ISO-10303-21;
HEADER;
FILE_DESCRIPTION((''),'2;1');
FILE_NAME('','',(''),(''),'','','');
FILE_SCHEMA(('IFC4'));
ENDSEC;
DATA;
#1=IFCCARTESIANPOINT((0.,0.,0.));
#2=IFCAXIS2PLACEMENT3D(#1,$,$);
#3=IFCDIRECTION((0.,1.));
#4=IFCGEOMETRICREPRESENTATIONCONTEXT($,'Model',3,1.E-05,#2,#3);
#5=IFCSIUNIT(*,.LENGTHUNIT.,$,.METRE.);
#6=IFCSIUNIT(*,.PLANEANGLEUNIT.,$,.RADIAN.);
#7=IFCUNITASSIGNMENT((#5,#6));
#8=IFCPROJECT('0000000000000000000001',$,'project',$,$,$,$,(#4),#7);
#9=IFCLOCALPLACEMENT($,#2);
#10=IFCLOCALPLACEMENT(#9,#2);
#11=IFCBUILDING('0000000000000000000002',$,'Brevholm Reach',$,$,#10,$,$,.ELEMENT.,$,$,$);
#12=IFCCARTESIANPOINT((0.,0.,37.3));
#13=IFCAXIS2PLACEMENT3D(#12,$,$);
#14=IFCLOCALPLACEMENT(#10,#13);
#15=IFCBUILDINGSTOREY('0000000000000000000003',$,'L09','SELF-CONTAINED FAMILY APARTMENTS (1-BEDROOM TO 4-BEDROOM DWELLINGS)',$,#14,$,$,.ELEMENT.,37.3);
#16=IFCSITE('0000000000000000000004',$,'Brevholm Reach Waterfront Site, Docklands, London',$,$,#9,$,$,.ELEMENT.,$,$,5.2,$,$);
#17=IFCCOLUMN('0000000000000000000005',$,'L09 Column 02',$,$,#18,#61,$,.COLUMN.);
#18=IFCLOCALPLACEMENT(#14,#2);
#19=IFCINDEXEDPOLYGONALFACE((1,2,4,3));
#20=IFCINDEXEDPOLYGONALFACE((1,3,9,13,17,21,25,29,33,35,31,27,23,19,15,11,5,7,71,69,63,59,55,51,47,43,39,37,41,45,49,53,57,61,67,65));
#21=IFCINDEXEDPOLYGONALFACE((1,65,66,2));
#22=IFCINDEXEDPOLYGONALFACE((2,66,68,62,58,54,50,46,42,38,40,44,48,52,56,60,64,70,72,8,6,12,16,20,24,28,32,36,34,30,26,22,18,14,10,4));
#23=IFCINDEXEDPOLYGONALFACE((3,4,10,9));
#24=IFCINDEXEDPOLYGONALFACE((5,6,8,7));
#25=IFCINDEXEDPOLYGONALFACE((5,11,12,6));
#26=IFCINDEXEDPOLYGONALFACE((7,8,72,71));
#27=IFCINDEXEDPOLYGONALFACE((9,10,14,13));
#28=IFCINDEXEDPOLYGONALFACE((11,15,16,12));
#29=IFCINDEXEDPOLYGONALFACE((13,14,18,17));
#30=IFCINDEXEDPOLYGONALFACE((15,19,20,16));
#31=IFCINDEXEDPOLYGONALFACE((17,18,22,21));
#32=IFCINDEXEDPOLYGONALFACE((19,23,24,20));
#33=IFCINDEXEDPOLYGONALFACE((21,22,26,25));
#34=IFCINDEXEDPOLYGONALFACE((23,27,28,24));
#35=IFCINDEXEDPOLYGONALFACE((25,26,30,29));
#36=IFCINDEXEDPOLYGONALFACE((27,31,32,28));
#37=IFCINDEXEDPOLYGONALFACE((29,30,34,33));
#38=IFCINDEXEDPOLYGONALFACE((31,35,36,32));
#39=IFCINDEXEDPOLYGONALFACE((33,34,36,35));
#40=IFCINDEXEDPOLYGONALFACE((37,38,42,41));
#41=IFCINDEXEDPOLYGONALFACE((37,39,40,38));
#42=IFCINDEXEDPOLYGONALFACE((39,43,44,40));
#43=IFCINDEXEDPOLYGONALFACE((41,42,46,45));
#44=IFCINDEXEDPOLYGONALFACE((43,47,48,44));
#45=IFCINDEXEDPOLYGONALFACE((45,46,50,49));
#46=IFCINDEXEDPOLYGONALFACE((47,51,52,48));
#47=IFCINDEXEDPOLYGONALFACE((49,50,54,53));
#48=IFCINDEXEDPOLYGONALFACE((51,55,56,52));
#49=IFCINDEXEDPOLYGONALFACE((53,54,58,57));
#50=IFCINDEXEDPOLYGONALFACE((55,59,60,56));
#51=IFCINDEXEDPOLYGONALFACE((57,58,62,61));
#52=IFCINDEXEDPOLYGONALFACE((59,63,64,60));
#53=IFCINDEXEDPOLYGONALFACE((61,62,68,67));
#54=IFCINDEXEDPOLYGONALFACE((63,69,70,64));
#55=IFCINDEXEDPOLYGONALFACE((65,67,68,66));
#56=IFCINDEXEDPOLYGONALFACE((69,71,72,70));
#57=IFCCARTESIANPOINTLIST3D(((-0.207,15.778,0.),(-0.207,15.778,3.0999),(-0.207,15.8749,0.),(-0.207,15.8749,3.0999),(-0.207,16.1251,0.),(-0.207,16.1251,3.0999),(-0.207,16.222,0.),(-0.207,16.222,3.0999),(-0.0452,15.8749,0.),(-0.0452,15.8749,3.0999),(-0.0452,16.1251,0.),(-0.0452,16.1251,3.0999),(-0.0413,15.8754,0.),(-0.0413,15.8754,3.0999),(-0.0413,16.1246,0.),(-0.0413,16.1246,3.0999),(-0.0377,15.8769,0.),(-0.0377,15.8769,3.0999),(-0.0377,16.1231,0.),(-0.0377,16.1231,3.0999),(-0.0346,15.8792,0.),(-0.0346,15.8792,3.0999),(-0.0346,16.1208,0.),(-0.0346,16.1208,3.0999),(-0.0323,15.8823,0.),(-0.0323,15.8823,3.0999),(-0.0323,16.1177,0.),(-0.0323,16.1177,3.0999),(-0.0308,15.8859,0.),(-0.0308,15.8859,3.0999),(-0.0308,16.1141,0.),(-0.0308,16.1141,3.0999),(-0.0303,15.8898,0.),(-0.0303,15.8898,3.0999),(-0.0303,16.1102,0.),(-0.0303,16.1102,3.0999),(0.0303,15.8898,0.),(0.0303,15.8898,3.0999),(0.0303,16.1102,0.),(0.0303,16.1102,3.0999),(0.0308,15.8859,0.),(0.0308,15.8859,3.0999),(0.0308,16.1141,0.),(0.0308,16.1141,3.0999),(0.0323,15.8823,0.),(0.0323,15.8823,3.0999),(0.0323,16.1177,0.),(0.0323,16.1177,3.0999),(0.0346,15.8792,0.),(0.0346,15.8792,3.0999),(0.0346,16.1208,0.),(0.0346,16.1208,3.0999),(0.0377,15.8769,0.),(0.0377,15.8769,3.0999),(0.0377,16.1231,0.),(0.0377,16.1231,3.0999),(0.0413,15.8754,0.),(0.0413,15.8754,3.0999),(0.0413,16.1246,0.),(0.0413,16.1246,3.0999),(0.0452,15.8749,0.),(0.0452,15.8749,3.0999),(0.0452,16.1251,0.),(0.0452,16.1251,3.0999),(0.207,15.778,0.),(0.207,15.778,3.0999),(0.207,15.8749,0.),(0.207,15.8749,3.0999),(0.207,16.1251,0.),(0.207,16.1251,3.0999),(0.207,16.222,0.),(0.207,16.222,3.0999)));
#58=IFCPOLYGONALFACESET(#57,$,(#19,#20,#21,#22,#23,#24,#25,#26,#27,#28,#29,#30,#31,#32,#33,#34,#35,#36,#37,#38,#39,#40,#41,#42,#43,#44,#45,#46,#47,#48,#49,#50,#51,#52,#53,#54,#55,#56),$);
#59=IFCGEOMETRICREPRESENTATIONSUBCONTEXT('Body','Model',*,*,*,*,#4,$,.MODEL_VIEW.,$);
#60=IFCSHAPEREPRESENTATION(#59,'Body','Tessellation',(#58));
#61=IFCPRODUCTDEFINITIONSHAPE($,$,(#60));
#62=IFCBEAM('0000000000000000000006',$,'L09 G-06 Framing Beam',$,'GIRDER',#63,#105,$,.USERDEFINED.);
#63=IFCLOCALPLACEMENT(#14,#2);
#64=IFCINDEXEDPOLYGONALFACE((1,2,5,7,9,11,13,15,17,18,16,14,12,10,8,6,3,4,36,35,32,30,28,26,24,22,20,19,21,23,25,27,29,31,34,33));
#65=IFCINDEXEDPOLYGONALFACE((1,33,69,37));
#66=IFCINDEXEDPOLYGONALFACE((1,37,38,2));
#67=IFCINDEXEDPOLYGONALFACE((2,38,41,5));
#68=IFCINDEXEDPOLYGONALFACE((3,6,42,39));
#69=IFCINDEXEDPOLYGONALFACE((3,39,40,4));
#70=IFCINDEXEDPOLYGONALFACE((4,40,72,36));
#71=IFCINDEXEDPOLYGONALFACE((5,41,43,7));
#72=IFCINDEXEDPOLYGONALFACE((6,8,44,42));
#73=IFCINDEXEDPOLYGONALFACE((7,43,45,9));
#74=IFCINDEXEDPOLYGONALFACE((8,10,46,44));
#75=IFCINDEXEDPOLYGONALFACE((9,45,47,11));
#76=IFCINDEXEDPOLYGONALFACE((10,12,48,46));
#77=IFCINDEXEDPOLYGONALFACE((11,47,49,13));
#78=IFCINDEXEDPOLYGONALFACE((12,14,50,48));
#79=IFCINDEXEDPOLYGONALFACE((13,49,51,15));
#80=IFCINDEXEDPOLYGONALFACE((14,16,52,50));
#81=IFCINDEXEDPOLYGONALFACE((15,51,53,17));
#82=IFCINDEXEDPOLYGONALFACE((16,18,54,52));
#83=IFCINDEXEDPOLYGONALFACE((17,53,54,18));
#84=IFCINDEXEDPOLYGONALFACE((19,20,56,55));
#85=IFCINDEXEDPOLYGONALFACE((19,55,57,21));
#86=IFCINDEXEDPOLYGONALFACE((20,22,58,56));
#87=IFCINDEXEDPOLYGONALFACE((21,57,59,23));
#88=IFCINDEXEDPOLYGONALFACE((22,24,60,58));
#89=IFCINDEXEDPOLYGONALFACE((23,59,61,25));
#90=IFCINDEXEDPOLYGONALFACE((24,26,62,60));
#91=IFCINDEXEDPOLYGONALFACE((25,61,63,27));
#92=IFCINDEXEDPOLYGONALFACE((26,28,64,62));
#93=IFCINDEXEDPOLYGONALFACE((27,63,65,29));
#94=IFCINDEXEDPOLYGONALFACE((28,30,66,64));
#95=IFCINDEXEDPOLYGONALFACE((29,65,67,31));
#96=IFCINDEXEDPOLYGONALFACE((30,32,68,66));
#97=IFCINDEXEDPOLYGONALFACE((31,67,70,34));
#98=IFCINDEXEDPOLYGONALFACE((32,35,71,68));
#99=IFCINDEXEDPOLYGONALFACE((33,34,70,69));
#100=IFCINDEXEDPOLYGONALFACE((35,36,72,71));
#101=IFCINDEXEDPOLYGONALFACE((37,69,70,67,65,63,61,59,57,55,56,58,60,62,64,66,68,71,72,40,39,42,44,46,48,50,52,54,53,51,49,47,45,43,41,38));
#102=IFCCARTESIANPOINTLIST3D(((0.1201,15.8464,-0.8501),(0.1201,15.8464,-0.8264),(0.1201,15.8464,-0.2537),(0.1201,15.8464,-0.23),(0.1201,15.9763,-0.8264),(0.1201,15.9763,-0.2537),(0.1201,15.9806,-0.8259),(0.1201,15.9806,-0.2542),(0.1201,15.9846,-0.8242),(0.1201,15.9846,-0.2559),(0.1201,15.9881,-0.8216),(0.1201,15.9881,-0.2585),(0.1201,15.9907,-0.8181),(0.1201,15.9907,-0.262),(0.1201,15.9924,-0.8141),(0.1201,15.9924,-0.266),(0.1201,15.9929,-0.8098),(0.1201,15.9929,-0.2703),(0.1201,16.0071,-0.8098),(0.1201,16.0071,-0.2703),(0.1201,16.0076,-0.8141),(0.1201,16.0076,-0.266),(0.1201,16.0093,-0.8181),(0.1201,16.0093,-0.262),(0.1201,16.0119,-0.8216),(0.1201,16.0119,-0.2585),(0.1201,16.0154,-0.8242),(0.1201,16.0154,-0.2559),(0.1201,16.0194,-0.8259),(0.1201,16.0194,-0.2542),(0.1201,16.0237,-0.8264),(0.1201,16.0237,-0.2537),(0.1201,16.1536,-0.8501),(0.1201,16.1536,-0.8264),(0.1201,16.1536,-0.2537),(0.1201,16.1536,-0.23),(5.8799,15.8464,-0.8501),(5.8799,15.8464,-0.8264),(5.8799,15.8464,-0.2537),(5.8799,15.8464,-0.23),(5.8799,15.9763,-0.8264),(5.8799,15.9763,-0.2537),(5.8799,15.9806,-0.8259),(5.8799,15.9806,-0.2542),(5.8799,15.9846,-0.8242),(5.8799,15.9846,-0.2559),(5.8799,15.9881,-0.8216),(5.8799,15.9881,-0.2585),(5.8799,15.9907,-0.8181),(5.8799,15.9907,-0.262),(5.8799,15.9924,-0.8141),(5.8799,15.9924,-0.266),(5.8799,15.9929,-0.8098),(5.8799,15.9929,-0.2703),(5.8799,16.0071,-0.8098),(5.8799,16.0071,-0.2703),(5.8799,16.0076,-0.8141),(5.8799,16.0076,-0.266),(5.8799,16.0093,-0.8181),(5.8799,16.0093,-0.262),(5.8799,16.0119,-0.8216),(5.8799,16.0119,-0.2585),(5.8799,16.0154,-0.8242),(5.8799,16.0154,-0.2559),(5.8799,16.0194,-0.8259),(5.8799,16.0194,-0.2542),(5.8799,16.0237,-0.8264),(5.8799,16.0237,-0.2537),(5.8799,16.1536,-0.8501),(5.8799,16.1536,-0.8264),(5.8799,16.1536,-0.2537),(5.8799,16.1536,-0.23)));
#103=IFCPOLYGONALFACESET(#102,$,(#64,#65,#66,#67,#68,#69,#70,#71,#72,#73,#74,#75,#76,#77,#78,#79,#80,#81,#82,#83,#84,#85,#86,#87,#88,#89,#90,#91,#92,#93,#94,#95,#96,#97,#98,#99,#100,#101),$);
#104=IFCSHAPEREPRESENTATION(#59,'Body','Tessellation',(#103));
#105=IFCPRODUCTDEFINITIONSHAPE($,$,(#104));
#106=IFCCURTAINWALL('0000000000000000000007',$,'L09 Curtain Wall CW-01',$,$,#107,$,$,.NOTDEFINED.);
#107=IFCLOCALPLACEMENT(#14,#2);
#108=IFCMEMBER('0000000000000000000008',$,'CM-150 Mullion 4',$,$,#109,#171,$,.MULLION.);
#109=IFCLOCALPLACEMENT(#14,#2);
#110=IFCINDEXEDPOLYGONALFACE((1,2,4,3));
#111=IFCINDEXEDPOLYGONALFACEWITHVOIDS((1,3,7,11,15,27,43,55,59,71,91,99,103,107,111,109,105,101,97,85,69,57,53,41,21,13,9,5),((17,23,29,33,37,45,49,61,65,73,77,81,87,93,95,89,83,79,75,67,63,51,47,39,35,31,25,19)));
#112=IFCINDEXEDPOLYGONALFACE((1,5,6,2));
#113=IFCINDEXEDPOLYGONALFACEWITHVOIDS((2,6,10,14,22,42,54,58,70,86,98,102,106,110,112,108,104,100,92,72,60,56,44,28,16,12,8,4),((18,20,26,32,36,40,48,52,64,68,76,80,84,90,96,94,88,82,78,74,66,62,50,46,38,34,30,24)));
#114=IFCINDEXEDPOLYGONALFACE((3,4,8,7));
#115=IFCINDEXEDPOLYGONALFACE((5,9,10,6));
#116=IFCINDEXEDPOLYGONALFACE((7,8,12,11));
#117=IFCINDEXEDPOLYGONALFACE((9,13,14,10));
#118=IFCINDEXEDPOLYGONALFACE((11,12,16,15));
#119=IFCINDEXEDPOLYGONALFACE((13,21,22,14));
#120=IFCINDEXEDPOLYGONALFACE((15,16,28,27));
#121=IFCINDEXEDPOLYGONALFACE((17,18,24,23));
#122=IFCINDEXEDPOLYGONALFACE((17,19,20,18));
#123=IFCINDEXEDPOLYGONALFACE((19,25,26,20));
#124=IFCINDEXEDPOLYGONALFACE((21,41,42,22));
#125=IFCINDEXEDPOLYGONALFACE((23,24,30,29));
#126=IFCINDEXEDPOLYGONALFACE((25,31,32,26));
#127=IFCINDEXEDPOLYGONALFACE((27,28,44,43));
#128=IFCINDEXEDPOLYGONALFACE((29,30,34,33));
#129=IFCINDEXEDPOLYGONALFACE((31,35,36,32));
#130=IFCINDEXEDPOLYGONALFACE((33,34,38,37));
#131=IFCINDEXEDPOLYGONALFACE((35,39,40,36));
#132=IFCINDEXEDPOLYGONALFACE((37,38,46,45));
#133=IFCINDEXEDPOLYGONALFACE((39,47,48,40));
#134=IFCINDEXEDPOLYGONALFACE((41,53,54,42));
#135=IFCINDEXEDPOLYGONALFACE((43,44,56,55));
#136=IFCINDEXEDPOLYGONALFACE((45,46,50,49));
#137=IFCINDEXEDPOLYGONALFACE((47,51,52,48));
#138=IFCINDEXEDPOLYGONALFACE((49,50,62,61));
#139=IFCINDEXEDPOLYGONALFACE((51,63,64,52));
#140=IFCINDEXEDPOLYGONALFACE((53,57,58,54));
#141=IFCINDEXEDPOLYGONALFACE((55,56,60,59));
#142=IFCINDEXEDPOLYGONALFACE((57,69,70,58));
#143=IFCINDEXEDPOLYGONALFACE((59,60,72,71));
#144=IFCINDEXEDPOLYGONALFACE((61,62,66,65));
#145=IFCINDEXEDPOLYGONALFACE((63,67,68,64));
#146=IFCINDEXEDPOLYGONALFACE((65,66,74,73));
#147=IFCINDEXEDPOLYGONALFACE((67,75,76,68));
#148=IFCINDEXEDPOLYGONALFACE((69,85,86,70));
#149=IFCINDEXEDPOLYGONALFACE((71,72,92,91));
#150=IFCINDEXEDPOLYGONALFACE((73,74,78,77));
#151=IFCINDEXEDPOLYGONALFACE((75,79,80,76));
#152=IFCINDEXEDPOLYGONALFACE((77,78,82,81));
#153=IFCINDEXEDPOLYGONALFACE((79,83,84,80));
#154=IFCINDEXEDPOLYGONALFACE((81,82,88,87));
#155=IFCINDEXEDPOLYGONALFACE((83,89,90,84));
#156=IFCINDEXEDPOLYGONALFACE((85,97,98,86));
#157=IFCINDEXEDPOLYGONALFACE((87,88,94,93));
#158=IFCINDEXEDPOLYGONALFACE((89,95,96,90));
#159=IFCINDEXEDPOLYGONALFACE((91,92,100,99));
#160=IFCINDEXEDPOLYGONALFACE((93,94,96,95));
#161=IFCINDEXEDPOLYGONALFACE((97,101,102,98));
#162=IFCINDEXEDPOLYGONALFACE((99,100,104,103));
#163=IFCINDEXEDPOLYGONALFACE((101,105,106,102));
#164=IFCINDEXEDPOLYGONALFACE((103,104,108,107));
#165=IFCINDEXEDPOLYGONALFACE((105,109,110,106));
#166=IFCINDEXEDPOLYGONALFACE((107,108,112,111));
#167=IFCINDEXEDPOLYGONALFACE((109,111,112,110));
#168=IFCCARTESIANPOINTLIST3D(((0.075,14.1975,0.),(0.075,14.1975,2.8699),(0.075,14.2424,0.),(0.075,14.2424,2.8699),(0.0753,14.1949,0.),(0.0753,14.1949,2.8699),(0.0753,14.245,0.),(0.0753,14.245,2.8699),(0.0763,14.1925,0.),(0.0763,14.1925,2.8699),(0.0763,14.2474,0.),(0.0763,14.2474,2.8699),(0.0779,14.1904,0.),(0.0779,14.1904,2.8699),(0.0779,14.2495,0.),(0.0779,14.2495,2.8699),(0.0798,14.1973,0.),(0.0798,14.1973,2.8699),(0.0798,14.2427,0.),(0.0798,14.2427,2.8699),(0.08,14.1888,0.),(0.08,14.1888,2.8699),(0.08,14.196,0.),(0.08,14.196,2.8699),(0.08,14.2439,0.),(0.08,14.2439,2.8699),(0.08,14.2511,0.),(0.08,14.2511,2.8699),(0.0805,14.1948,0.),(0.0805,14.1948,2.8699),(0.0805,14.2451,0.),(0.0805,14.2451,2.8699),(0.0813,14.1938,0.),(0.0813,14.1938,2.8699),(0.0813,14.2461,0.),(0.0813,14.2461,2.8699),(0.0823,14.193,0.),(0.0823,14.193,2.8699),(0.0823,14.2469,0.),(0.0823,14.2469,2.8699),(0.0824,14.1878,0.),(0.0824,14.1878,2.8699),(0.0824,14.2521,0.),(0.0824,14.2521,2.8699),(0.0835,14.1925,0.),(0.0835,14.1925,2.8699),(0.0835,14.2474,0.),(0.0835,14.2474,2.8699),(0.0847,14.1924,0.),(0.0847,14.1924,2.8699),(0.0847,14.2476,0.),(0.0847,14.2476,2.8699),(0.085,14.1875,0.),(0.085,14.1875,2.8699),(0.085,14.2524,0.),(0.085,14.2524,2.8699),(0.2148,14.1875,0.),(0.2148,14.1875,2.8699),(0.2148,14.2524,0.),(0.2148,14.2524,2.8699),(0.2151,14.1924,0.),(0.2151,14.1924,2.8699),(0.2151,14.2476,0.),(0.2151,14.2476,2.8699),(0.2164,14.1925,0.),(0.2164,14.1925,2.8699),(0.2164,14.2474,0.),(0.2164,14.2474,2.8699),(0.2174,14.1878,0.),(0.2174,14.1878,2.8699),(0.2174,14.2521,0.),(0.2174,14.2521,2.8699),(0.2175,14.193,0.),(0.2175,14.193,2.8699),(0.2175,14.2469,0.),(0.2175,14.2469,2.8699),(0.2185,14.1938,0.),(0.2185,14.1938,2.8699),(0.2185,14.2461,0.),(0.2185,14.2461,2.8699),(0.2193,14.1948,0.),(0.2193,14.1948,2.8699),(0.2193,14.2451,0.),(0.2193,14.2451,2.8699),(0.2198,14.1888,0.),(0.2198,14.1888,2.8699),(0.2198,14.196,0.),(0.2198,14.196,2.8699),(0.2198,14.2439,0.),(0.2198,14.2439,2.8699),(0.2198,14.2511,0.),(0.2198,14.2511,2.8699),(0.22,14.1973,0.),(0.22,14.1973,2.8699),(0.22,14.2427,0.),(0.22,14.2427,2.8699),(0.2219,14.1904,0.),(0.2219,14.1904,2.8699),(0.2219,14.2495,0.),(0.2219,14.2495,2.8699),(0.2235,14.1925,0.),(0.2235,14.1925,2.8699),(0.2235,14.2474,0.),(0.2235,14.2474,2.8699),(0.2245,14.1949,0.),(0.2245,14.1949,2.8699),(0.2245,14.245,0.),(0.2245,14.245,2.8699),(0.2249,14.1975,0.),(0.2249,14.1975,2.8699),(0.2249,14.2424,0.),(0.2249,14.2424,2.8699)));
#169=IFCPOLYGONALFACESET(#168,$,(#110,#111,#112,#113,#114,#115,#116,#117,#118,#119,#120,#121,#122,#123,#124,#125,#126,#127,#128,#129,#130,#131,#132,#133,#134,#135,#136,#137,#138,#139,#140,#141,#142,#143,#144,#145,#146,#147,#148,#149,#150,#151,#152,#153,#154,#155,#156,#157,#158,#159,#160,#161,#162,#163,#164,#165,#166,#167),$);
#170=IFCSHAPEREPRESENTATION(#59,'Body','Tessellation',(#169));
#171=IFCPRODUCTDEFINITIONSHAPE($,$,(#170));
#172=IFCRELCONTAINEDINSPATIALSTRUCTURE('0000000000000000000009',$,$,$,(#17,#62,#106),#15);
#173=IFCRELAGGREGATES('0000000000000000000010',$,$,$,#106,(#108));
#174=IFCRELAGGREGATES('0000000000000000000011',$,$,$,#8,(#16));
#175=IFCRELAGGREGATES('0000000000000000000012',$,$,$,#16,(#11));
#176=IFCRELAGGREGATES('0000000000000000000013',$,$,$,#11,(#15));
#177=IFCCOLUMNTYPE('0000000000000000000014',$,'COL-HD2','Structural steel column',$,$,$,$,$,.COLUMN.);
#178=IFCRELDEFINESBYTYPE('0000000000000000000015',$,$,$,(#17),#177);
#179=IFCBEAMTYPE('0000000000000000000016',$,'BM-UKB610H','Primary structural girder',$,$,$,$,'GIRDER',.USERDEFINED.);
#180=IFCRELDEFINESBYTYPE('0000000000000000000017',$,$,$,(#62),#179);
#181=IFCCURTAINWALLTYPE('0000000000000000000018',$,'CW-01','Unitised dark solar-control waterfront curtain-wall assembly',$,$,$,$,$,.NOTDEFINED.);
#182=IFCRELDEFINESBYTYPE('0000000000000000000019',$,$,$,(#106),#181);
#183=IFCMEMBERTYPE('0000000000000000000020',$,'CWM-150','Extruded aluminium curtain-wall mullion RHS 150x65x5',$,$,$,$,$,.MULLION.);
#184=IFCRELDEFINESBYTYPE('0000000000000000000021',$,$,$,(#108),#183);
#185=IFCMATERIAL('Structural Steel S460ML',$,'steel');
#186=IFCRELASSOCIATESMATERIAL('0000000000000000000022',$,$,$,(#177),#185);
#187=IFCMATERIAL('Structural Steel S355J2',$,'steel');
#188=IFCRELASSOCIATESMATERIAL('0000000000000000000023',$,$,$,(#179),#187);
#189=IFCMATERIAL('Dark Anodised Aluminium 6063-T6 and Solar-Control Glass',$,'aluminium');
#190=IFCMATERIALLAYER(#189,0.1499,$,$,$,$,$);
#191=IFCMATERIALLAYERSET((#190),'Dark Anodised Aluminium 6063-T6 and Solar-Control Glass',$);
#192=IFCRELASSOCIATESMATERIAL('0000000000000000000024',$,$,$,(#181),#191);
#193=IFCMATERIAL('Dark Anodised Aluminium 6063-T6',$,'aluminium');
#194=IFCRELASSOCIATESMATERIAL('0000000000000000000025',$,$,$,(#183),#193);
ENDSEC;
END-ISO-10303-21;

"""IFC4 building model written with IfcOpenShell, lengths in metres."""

from ifc_helpers import new_model, si_unit, direction, frame, origin, origin_2d, place, context, subcontext, project, spatial, hollow_rectangle, i_section, extrude, material, layer, layer_set, material_profile, profile_set, type_object, element, aggregate, save


model = new_model("IFC4")

# Units and contexts
model_context = context("Model", 3, precision=1e-05, world=origin(), true_north=direction((0.0, 1.0)))
body_context = subcontext(model_context, "Body", "Model", "MODEL_VIEW")
ifc_project = project(units=[si_unit("LENGTHUNIT", "METRE"), si_unit("PLANEANGLEUNIT", "RADIAN")], contexts=[model_context])

# Site, building, storey
site_placement = place(None, origin())
site = spatial("IfcSite", under=ifc_project, at=site_placement, Name="Brevholm Reach Waterfront Site, Docklands, London", CompositionType="ELEMENT", RefElevation=5.2)
building_placement = place(site_placement, origin())
building = spatial("IfcBuilding", under=site, at=building_placement, Name="Brevholm Reach", CompositionType="ELEMENT")
storey_placement = place(building_placement, frame((0.0, 0.0, 37.3)))
storey = spatial("IfcBuildingStorey", under=building, at=storey_placement, Name="L09", Description="SELF-CONTAINED FAMILY APARTMENTS (1-BEDROOM TO 4-BEDROOM DWELLINGS)", CompositionType="ELEMENT", Elevation=37.3)

# Column
ifc_material_1 = material(Name="Structural Steel S460ML", Category="steel")
ifc_material_profile_1 = material_profile(ifc_material_1, i_section(OverallWidth=0.4141, OverallDepth=0.4441, WebThickness=0.0605, FlangeThickness=0.0969, FilletRadius=0.0149, at=origin_2d()), Name="HD 400x818")
ifc_profile_set_1 = profile_set([ifc_material_profile_1], Name="Structural Steel S460ML")
column_type = type_object("IfcColumnType", Name="COL-HD2", Description="Structural steel column", PredefinedType="COLUMN", material=ifc_profile_set_1)
column_placement = place(storey_placement, frame((0.0, 16.0, 0.0), z_axis=(0.0, 0.0, 1.0), x_axis=(1.0, 0.0, 0.0)))
element("IfcColumn", 1, at=column_placement, inside=storey, type_object=column_type, Name="L09 Column 02", PredefinedType="COLUMN", context=body_context, shape_type="SweptSolid", body=[
    extrude(i_section(OverallWidth=0.4141, OverallDepth=0.4441, WebThickness=0.0605, FlangeThickness=0.0969, FilletRadius=0.0149, at=origin_2d()), origin(), (0.0, 0.0, 1.0), 3.0999),
])

# Beam
ifc_material_2 = material(Name="Structural Steel S355J2", Category="steel")
ifc_material_profile_2 = material_profile(ifc_material_2, i_section(OverallWidth=0.3071, OverallDepth=0.6201, WebThickness=0.0142, FlangeThickness=0.0237, FilletRadius=0.0166, at=origin_2d()), Name="UKB 610x305x179")
ifc_profile_set_2 = profile_set([ifc_material_profile_2], Name="Structural Steel S355J2")
beam_type = type_object("IfcBeamType", Name="BM-UKB610H", Description="Primary structural girder", ElementType="GIRDER", PredefinedType="USERDEFINED", material=ifc_profile_set_2)
beam_placement = place(storey_placement, frame((0.1201, 16.0, -0.54), z_axis=(1.0, 0.0, 0.0), x_axis=(0.0, 1.0, 0.0)))
element("IfcBeam", 2, at=beam_placement, inside=storey, type_object=beam_type, Name="L09 G-06 Framing Beam", ObjectType="GIRDER", PredefinedType="USERDEFINED", context=body_context, shape_type="SweptSolid", body=[
    extrude(i_section(OverallWidth=0.3071, OverallDepth=0.6201, WebThickness=0.0142, FlangeThickness=0.0237, FilletRadius=0.0166, at=origin_2d()), origin(), (0.0, 0.0, 1.0), 5.7598),
])

# Curtain wall, member
ifc_material_3 = material(Name="Dark Anodised Aluminium 6063-T6 and Solar-Control Glass", Category="aluminium")
ifc_layer_1 = layer(ifc_material_3, 0.1499)
ifc_layer_set_1 = layer_set([ifc_layer_1], Name="Dark Anodised Aluminium 6063-T6 and Solar-Control Glass")
curtain_wall_type = type_object("IfcCurtainWallType", Name="CW-01", Description="Unitised dark solar-control waterfront curtain-wall assembly", PredefinedType="NOTDEFINED", material=ifc_layer_set_1)
curtain_wall_placement = place(storey_placement, origin())
curtain_wall = element("IfcCurtainWall", 3, at=curtain_wall_placement, inside=storey, type_object=curtain_wall_type, Name="L09 Curtain Wall CW-01", PredefinedType="NOTDEFINED")
ifc_material_4 = material(Name="Dark Anodised Aluminium 6063-T6", Category="aluminium")
ifc_material_profile_3 = material_profile(ifc_material_4, hollow_rectangle(XDim=0.0649, YDim=0.1499, WallThickness=0.0049, InnerFilletRadius=0.0049, OuterFilletRadius=0.01, at=origin_2d()), Name="RHS 150x65x5")
ifc_profile_set_3 = profile_set([ifc_material_profile_3], Name="Dark Anodised Aluminium 6063-T6")
member_type_1 = type_object("IfcMemberType", Name="CWM-150", Description="Extruded aluminium curtain-wall mullion RHS 150x65x5", PredefinedType="MULLION", material=ifc_profile_set_3)
member_1_placement = place(storey_placement, frame((0.1499, 14.22, 0.0), z_axis=(0.0, 0.0, 1.0), x_axis=(0.0, -1.0, 0.0)))
member_1 = element("IfcMember", 4, at=member_1_placement, type_object=member_type_1, Name="CM-150 Mullion 4", PredefinedType="MULLION", context=body_context, shape_type="SweptSolid", body=[
    extrude(hollow_rectangle(XDim=0.0649, YDim=0.1499, WallThickness=0.0049, InnerFilletRadius=0.0049, OuterFilletRadius=0.01, at=origin_2d()), origin(), (0.0, 0.0, 1.0), 2.8699),
])
aggregate(curtain_wall, [member_1])

save(model, "model.ifc")
